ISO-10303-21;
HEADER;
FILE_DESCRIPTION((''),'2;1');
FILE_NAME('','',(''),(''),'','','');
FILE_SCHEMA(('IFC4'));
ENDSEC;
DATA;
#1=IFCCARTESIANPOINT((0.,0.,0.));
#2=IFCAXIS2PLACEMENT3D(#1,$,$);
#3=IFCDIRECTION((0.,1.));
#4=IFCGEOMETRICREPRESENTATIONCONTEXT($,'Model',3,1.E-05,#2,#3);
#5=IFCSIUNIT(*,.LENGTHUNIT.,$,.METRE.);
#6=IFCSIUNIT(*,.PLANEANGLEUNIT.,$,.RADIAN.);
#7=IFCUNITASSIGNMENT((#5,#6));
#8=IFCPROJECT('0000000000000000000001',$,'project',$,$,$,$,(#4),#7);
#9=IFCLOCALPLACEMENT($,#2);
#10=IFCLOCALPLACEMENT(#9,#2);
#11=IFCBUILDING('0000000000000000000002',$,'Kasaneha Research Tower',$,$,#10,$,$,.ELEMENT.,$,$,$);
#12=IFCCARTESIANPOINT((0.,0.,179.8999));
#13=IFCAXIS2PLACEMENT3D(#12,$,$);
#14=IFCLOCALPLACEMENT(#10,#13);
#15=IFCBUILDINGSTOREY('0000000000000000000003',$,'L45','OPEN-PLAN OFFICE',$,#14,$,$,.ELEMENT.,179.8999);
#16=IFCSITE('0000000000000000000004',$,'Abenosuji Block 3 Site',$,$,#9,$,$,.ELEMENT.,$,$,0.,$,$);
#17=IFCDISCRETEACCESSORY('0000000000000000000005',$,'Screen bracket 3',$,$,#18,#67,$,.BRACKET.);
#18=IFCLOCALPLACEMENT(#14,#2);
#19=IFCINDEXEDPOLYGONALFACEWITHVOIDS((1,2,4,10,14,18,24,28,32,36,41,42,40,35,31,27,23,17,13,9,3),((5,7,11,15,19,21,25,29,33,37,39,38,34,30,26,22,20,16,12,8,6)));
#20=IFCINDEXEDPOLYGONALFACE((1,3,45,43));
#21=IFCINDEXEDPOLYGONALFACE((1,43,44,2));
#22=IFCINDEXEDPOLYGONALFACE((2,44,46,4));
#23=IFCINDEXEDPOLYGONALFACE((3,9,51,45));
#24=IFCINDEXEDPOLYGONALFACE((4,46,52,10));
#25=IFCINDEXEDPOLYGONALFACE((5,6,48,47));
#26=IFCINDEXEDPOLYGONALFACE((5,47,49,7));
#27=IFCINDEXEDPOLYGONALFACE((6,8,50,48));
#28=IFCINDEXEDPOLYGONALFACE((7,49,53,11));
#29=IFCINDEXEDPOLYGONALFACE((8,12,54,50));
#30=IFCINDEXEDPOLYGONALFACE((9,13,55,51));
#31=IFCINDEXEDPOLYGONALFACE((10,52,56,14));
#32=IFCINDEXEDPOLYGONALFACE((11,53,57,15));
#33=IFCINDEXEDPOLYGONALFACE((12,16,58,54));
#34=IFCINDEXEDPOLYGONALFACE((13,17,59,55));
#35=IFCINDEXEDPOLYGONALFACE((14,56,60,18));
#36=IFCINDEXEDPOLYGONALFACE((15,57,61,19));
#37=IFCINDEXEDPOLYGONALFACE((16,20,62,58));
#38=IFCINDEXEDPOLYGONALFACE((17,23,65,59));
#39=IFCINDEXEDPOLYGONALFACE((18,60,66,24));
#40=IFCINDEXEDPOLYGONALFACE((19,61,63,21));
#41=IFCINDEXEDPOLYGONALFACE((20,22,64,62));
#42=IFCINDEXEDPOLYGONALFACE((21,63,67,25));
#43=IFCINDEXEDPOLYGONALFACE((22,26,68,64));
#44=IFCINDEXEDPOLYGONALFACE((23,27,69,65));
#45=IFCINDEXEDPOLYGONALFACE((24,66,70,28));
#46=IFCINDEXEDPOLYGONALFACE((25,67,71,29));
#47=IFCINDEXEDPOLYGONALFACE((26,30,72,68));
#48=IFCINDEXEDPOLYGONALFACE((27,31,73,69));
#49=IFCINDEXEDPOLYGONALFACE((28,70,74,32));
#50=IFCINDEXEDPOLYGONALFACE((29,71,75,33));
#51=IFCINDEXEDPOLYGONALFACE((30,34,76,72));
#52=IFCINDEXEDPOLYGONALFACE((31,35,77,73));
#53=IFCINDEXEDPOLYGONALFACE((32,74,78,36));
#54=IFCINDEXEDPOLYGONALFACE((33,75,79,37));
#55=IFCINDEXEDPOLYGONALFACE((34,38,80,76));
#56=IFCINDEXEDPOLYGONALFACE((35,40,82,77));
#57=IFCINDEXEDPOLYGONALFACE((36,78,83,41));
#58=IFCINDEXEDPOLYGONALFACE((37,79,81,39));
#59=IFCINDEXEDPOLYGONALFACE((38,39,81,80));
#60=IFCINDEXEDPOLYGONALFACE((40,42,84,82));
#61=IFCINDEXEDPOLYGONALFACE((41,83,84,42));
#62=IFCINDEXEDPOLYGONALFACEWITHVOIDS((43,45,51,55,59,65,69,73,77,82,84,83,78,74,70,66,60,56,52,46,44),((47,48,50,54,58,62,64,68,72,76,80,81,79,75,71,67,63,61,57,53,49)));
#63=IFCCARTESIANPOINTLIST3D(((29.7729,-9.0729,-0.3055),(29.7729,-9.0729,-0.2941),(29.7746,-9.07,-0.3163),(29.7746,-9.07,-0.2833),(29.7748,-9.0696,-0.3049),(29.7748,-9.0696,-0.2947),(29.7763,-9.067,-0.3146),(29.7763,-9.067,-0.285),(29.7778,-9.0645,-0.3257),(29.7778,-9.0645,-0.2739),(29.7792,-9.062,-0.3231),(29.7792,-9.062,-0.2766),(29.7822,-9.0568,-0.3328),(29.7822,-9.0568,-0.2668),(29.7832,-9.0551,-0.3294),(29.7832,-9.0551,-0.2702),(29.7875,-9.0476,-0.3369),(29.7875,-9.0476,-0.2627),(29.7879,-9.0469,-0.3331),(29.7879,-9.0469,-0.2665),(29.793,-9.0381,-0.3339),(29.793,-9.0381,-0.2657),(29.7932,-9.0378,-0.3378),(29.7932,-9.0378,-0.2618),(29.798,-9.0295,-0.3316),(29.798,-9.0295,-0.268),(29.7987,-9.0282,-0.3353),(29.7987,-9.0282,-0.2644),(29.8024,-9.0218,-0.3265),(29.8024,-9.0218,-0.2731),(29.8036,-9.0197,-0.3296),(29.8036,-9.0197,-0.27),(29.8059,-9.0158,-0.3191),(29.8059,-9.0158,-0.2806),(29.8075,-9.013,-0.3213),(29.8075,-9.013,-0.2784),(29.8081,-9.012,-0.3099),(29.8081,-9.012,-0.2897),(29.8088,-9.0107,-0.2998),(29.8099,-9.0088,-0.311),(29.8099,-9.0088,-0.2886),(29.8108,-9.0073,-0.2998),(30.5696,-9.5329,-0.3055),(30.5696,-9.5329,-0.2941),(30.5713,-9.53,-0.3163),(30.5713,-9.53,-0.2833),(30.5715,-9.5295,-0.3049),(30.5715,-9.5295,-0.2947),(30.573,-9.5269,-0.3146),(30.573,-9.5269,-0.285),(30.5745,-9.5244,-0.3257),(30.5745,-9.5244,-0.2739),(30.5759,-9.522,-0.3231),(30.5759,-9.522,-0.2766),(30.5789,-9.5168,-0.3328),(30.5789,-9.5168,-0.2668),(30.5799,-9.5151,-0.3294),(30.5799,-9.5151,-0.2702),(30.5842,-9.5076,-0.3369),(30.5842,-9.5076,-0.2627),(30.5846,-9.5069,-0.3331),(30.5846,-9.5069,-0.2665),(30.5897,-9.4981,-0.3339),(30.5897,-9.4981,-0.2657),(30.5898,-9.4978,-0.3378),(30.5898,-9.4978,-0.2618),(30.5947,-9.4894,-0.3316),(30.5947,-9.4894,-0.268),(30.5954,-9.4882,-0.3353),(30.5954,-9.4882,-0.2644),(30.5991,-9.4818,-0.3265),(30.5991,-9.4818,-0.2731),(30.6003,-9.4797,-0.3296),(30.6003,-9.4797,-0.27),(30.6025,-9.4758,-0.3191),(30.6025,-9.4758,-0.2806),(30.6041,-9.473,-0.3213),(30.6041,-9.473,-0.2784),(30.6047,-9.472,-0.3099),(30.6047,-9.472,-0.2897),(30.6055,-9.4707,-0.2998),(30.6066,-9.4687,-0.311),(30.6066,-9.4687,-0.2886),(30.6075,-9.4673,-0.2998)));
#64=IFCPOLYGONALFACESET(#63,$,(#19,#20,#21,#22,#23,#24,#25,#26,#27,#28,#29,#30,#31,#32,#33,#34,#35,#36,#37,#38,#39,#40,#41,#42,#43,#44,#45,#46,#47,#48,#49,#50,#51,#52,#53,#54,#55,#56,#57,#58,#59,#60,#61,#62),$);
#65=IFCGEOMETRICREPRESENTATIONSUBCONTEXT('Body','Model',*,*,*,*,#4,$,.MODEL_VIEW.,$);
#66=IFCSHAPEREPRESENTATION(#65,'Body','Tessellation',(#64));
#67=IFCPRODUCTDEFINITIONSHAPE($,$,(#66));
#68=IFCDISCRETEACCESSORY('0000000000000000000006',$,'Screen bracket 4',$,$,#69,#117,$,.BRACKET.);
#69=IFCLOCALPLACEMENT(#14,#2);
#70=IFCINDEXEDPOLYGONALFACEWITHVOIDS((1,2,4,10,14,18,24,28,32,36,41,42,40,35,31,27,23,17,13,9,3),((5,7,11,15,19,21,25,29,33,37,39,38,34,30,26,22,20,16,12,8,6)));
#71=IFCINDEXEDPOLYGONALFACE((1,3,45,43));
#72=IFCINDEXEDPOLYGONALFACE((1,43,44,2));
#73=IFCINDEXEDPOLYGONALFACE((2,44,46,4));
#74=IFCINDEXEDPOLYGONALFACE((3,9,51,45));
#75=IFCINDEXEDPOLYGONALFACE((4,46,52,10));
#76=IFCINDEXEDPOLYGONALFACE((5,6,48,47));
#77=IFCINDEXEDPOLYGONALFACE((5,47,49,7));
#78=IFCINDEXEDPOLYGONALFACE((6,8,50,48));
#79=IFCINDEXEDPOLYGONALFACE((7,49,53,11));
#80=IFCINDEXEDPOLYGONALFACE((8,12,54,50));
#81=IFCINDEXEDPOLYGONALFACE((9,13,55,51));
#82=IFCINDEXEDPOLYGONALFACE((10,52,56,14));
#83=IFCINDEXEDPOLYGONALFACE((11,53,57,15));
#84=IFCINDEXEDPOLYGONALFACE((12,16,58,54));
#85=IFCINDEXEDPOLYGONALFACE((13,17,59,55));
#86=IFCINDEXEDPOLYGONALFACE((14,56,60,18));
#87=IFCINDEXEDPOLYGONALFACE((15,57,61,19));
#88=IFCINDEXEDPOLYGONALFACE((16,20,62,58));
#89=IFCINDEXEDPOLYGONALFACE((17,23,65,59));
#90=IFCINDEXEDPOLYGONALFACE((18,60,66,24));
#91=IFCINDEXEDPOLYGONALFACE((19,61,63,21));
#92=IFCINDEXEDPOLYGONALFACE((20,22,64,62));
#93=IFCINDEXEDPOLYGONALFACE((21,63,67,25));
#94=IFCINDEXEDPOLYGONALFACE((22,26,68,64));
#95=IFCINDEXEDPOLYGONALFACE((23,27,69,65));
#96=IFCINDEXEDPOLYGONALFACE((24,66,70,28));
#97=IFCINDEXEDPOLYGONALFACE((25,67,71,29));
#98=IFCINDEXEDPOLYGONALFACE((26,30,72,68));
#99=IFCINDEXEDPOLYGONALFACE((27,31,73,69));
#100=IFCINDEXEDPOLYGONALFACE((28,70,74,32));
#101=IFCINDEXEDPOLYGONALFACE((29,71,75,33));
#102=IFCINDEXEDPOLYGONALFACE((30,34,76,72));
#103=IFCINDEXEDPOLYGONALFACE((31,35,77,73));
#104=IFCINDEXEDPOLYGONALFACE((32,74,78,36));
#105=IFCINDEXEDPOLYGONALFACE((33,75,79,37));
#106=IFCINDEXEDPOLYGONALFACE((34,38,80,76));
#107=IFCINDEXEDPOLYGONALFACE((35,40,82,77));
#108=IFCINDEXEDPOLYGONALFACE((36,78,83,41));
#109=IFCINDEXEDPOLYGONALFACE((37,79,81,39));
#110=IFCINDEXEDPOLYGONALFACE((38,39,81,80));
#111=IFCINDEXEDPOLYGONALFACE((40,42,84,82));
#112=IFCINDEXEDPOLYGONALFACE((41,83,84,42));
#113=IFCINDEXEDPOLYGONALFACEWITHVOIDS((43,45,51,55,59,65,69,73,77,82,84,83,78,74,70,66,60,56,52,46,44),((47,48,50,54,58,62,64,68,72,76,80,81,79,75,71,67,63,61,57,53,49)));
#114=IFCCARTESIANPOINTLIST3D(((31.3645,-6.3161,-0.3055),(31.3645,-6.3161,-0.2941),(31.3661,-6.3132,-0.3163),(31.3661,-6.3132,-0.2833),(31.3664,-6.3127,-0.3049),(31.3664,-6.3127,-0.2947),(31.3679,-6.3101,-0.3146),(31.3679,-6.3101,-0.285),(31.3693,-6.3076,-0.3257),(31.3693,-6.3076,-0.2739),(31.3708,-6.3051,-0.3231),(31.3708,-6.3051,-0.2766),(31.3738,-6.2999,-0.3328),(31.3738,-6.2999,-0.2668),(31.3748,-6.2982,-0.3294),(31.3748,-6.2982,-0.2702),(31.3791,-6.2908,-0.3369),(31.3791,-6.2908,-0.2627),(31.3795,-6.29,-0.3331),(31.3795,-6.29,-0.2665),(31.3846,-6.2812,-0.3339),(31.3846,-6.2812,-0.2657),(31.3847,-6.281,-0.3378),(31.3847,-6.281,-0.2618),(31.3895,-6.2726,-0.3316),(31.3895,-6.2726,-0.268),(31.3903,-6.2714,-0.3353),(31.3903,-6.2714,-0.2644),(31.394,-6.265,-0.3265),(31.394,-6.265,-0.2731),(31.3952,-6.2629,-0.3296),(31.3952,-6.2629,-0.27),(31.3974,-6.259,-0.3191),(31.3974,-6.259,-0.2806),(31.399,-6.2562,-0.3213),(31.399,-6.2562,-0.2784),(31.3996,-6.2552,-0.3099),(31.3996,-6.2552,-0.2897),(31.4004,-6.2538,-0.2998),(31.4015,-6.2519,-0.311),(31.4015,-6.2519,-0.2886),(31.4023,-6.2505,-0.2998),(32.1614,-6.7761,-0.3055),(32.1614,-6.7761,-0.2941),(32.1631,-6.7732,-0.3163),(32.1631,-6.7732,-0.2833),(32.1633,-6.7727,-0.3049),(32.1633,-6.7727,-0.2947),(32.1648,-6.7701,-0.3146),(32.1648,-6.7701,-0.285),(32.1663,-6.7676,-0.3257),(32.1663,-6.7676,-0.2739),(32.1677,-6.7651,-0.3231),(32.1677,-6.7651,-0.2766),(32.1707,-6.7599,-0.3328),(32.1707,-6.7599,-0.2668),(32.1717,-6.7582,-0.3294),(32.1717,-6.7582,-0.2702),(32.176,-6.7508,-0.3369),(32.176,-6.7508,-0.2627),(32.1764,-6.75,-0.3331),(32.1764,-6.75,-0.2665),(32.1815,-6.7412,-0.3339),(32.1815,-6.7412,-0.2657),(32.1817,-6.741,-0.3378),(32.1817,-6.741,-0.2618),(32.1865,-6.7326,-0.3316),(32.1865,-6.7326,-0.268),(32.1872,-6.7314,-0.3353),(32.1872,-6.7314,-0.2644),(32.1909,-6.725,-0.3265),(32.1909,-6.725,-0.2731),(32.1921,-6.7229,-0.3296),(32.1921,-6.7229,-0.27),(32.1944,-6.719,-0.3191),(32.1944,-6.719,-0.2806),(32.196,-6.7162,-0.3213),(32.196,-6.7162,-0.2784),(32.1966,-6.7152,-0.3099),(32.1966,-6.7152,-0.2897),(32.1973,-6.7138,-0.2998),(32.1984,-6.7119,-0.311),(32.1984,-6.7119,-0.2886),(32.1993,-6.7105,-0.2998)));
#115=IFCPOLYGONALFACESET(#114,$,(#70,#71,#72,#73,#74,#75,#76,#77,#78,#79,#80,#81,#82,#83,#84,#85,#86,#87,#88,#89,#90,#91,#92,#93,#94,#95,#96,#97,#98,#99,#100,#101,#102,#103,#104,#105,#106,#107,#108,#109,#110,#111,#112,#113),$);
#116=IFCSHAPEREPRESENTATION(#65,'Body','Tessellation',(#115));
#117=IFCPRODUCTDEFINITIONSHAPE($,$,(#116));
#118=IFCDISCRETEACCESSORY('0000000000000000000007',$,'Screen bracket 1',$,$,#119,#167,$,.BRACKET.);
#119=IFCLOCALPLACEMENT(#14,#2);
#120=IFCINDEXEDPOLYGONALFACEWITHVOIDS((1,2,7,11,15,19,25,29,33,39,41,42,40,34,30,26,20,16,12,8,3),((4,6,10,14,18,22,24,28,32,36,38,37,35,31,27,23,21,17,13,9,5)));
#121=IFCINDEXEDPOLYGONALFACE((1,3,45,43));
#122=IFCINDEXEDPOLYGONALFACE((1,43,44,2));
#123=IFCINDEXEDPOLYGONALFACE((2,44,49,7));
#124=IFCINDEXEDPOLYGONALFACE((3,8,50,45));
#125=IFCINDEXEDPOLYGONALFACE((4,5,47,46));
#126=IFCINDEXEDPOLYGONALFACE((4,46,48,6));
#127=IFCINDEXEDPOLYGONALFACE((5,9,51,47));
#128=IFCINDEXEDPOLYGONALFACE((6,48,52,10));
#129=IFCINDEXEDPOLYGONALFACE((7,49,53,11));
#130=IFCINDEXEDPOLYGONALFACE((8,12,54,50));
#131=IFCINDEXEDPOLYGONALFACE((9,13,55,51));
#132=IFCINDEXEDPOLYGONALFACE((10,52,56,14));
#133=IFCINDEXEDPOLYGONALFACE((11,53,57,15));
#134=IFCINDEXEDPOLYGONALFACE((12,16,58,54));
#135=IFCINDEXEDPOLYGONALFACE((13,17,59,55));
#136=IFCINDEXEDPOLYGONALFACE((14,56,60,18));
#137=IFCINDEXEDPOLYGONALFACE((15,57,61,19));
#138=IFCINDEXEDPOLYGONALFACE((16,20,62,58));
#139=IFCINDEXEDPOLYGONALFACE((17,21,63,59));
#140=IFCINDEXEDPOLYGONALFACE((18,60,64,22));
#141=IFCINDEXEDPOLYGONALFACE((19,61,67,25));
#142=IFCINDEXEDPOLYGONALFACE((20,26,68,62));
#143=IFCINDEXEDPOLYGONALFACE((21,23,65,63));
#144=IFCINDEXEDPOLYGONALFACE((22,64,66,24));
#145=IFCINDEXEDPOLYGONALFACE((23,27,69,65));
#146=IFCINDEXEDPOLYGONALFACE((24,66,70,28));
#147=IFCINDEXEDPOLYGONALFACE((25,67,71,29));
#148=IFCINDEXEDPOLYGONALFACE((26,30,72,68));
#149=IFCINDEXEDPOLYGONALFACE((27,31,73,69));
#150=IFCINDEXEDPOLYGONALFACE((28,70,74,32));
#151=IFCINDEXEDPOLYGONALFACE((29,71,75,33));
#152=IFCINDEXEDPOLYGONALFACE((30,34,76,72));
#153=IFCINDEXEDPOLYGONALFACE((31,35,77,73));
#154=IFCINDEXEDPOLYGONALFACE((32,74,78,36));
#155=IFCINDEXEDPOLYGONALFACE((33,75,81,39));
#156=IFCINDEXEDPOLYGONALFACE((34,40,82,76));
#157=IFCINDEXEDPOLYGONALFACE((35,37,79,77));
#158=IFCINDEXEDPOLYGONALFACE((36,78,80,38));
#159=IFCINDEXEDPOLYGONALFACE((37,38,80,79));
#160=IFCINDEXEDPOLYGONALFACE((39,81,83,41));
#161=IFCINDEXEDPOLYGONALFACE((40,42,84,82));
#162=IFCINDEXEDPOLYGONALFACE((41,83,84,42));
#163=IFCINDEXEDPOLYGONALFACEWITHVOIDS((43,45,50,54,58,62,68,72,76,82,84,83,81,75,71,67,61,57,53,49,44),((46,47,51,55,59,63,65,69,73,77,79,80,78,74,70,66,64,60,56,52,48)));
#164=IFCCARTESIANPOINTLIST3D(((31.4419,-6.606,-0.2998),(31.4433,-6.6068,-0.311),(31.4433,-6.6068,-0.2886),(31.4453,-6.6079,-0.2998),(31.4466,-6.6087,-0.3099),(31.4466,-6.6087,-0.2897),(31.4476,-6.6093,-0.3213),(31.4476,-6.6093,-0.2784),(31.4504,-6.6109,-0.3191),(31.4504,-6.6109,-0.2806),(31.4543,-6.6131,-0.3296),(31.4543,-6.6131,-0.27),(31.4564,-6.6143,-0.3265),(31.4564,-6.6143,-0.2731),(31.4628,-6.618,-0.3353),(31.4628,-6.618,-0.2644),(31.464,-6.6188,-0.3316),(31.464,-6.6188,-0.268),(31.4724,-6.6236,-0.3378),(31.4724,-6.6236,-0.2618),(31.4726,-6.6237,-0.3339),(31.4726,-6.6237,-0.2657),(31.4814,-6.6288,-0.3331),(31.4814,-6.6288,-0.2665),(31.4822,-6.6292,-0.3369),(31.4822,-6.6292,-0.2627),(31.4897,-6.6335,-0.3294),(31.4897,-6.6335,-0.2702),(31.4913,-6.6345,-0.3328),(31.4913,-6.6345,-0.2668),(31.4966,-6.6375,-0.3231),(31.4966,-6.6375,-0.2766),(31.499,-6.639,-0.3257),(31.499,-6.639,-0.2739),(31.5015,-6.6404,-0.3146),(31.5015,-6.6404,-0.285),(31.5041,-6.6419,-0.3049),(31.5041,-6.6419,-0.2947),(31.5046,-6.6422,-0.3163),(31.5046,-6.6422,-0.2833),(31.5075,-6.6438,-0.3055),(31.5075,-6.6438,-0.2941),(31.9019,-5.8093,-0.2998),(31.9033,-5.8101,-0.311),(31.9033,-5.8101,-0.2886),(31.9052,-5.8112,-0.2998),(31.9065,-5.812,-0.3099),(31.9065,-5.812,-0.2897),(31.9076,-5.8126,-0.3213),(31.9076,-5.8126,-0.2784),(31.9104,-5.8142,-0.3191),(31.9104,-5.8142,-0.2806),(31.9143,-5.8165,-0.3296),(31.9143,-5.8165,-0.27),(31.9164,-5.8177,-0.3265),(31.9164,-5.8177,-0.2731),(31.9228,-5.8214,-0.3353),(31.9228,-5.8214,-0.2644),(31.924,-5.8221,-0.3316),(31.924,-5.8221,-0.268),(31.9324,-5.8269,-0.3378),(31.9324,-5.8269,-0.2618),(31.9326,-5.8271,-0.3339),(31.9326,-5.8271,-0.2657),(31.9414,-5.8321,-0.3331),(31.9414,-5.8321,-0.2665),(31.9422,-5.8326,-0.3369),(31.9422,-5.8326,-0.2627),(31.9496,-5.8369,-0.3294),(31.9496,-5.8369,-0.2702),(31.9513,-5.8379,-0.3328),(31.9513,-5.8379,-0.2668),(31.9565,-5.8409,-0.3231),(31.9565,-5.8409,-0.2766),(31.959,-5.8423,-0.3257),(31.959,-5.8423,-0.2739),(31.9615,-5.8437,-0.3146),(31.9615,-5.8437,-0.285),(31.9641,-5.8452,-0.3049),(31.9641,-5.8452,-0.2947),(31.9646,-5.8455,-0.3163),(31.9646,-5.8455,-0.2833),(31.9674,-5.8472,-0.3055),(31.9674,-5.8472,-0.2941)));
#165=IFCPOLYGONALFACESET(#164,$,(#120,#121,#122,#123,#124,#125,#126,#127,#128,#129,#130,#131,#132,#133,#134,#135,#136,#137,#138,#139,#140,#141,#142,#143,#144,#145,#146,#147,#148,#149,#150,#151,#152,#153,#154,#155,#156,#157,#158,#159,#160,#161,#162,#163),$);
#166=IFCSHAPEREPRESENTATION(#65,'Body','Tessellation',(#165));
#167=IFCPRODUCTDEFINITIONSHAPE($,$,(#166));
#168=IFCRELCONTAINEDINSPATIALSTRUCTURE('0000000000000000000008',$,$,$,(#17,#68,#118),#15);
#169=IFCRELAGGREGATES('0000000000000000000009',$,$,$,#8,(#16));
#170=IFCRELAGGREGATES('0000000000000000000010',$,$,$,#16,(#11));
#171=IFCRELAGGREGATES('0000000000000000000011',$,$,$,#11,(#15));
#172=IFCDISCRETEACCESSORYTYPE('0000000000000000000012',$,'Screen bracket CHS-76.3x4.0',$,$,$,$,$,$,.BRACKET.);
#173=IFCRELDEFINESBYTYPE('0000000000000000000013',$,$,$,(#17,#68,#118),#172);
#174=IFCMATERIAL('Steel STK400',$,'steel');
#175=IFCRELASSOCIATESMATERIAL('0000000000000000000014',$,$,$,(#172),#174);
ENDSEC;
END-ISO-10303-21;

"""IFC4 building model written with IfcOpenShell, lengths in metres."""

from ifc_helpers import new_model, si_unit, direction, frame, origin, origin_2d, place, context, subcontext, project, spatial, hollow_circle, extrude, material, material_profile, profile_set, type_object, element, save


model = new_model("IFC4")

# Units and contexts
model_context = context("Model", 3, precision=1e-05, world=origin(), true_north=direction((0.0, 1.0)))
body_context = subcontext(model_context, "Body", "Model", "MODEL_VIEW")
ifc_project = project(units=[si_unit("LENGTHUNIT", "METRE"), si_unit("PLANEANGLEUNIT", "RADIAN")], contexts=[model_context])

# Site, building, storey
site_placement = place(None, origin())
site = spatial("IfcSite", under=ifc_project, at=site_placement, Name="Abenosuji Block 3 Site", CompositionType="ELEMENT", RefElevation=0.0)
building_placement = place(site_placement, origin())
building = spatial("IfcBuilding", under=site, at=building_placement, Name="Kasaneha Research Tower", CompositionType="ELEMENT")
storey_placement = place(building_placement, frame((0.0, 0.0, 179.8999)))
storey = spatial("IfcBuildingStorey", under=building, at=storey_placement, Name="L45", Description="OPEN-PLAN OFFICE", CompositionType="ELEMENT", Elevation=179.8999)

# Discrete accessories
ifc_material_1 = material(Name="Steel STK400", Category="steel")
ifc_material_profile_1 = material_profile(ifc_material_1, hollow_circle(Radius=0.0381, WallThickness=0.0039, at=origin_2d()), Name="CHS-76.3x4.0")
ifc_profile_set_1 = profile_set([ifc_material_profile_1], Name="Steel STK400")
discrete_accessory_type = type_object("IfcDiscreteAccessoryType", Name="Screen bracket CHS-76.3x4.0", PredefinedType="BRACKET", material=ifc_profile_set_1)
discrete_accessory_1_placement = place(storey_placement, frame((29.7917, -9.0403, -0.2998), z_axis=(0.866013, -0.500021, 0.0), x_axis=(0.500021, 0.866013, 0.0)))
element("IfcDiscreteAccessory", 1, at=discrete_accessory_1_placement, inside=storey, type_object=discrete_accessory_type, Name="Screen bracket 3", PredefinedType="BRACKET", context=body_context, shape_type="SweptSolid", body=[
    extrude(hollow_circle(Radius=0.0381, WallThickness=0.0039, at=origin_2d()), origin(), (0.0, 0.0, 1.0), 0.9199),
])
discrete_accessory_2_placement = place(storey_placement, frame((31.3833, -6.2834, -0.2998), z_axis=(0.86608, -0.499906, 0.0), x_axis=(0.499906, 0.86608, 0.0)))
element("IfcDiscreteAccessory", 2, at=discrete_accessory_2_placement, inside=storey, type_object=discrete_accessory_type, Name="Screen bracket 4", PredefinedType="BRACKET", context=body_context, shape_type="SweptSolid", body=[
    extrude(hollow_circle(Radius=0.0381, WallThickness=0.0039, at=origin_2d()), origin(), (0.0, 0.0, 1.0), 0.9202),
])
discrete_accessory_3_placement = place(storey_placement, frame((31.4749, -6.625, -0.2998), z_axis=(0.500021, 0.866013, 0.0), x_axis=(-0.866013, 0.500021, 0.0)))
element("IfcDiscreteAccessory", 3, at=discrete_accessory_3_placement, inside=storey, type_object=discrete_accessory_type, Name="Screen bracket 1", PredefinedType="BRACKET", context=body_context, shape_type="SweptSolid", body=[
    extrude(hollow_circle(Radius=0.0381, WallThickness=0.0039, at=origin_2d()), origin(), (0.0, 0.0, 1.0), 0.9199),
])

save(model, "model.ifc")
